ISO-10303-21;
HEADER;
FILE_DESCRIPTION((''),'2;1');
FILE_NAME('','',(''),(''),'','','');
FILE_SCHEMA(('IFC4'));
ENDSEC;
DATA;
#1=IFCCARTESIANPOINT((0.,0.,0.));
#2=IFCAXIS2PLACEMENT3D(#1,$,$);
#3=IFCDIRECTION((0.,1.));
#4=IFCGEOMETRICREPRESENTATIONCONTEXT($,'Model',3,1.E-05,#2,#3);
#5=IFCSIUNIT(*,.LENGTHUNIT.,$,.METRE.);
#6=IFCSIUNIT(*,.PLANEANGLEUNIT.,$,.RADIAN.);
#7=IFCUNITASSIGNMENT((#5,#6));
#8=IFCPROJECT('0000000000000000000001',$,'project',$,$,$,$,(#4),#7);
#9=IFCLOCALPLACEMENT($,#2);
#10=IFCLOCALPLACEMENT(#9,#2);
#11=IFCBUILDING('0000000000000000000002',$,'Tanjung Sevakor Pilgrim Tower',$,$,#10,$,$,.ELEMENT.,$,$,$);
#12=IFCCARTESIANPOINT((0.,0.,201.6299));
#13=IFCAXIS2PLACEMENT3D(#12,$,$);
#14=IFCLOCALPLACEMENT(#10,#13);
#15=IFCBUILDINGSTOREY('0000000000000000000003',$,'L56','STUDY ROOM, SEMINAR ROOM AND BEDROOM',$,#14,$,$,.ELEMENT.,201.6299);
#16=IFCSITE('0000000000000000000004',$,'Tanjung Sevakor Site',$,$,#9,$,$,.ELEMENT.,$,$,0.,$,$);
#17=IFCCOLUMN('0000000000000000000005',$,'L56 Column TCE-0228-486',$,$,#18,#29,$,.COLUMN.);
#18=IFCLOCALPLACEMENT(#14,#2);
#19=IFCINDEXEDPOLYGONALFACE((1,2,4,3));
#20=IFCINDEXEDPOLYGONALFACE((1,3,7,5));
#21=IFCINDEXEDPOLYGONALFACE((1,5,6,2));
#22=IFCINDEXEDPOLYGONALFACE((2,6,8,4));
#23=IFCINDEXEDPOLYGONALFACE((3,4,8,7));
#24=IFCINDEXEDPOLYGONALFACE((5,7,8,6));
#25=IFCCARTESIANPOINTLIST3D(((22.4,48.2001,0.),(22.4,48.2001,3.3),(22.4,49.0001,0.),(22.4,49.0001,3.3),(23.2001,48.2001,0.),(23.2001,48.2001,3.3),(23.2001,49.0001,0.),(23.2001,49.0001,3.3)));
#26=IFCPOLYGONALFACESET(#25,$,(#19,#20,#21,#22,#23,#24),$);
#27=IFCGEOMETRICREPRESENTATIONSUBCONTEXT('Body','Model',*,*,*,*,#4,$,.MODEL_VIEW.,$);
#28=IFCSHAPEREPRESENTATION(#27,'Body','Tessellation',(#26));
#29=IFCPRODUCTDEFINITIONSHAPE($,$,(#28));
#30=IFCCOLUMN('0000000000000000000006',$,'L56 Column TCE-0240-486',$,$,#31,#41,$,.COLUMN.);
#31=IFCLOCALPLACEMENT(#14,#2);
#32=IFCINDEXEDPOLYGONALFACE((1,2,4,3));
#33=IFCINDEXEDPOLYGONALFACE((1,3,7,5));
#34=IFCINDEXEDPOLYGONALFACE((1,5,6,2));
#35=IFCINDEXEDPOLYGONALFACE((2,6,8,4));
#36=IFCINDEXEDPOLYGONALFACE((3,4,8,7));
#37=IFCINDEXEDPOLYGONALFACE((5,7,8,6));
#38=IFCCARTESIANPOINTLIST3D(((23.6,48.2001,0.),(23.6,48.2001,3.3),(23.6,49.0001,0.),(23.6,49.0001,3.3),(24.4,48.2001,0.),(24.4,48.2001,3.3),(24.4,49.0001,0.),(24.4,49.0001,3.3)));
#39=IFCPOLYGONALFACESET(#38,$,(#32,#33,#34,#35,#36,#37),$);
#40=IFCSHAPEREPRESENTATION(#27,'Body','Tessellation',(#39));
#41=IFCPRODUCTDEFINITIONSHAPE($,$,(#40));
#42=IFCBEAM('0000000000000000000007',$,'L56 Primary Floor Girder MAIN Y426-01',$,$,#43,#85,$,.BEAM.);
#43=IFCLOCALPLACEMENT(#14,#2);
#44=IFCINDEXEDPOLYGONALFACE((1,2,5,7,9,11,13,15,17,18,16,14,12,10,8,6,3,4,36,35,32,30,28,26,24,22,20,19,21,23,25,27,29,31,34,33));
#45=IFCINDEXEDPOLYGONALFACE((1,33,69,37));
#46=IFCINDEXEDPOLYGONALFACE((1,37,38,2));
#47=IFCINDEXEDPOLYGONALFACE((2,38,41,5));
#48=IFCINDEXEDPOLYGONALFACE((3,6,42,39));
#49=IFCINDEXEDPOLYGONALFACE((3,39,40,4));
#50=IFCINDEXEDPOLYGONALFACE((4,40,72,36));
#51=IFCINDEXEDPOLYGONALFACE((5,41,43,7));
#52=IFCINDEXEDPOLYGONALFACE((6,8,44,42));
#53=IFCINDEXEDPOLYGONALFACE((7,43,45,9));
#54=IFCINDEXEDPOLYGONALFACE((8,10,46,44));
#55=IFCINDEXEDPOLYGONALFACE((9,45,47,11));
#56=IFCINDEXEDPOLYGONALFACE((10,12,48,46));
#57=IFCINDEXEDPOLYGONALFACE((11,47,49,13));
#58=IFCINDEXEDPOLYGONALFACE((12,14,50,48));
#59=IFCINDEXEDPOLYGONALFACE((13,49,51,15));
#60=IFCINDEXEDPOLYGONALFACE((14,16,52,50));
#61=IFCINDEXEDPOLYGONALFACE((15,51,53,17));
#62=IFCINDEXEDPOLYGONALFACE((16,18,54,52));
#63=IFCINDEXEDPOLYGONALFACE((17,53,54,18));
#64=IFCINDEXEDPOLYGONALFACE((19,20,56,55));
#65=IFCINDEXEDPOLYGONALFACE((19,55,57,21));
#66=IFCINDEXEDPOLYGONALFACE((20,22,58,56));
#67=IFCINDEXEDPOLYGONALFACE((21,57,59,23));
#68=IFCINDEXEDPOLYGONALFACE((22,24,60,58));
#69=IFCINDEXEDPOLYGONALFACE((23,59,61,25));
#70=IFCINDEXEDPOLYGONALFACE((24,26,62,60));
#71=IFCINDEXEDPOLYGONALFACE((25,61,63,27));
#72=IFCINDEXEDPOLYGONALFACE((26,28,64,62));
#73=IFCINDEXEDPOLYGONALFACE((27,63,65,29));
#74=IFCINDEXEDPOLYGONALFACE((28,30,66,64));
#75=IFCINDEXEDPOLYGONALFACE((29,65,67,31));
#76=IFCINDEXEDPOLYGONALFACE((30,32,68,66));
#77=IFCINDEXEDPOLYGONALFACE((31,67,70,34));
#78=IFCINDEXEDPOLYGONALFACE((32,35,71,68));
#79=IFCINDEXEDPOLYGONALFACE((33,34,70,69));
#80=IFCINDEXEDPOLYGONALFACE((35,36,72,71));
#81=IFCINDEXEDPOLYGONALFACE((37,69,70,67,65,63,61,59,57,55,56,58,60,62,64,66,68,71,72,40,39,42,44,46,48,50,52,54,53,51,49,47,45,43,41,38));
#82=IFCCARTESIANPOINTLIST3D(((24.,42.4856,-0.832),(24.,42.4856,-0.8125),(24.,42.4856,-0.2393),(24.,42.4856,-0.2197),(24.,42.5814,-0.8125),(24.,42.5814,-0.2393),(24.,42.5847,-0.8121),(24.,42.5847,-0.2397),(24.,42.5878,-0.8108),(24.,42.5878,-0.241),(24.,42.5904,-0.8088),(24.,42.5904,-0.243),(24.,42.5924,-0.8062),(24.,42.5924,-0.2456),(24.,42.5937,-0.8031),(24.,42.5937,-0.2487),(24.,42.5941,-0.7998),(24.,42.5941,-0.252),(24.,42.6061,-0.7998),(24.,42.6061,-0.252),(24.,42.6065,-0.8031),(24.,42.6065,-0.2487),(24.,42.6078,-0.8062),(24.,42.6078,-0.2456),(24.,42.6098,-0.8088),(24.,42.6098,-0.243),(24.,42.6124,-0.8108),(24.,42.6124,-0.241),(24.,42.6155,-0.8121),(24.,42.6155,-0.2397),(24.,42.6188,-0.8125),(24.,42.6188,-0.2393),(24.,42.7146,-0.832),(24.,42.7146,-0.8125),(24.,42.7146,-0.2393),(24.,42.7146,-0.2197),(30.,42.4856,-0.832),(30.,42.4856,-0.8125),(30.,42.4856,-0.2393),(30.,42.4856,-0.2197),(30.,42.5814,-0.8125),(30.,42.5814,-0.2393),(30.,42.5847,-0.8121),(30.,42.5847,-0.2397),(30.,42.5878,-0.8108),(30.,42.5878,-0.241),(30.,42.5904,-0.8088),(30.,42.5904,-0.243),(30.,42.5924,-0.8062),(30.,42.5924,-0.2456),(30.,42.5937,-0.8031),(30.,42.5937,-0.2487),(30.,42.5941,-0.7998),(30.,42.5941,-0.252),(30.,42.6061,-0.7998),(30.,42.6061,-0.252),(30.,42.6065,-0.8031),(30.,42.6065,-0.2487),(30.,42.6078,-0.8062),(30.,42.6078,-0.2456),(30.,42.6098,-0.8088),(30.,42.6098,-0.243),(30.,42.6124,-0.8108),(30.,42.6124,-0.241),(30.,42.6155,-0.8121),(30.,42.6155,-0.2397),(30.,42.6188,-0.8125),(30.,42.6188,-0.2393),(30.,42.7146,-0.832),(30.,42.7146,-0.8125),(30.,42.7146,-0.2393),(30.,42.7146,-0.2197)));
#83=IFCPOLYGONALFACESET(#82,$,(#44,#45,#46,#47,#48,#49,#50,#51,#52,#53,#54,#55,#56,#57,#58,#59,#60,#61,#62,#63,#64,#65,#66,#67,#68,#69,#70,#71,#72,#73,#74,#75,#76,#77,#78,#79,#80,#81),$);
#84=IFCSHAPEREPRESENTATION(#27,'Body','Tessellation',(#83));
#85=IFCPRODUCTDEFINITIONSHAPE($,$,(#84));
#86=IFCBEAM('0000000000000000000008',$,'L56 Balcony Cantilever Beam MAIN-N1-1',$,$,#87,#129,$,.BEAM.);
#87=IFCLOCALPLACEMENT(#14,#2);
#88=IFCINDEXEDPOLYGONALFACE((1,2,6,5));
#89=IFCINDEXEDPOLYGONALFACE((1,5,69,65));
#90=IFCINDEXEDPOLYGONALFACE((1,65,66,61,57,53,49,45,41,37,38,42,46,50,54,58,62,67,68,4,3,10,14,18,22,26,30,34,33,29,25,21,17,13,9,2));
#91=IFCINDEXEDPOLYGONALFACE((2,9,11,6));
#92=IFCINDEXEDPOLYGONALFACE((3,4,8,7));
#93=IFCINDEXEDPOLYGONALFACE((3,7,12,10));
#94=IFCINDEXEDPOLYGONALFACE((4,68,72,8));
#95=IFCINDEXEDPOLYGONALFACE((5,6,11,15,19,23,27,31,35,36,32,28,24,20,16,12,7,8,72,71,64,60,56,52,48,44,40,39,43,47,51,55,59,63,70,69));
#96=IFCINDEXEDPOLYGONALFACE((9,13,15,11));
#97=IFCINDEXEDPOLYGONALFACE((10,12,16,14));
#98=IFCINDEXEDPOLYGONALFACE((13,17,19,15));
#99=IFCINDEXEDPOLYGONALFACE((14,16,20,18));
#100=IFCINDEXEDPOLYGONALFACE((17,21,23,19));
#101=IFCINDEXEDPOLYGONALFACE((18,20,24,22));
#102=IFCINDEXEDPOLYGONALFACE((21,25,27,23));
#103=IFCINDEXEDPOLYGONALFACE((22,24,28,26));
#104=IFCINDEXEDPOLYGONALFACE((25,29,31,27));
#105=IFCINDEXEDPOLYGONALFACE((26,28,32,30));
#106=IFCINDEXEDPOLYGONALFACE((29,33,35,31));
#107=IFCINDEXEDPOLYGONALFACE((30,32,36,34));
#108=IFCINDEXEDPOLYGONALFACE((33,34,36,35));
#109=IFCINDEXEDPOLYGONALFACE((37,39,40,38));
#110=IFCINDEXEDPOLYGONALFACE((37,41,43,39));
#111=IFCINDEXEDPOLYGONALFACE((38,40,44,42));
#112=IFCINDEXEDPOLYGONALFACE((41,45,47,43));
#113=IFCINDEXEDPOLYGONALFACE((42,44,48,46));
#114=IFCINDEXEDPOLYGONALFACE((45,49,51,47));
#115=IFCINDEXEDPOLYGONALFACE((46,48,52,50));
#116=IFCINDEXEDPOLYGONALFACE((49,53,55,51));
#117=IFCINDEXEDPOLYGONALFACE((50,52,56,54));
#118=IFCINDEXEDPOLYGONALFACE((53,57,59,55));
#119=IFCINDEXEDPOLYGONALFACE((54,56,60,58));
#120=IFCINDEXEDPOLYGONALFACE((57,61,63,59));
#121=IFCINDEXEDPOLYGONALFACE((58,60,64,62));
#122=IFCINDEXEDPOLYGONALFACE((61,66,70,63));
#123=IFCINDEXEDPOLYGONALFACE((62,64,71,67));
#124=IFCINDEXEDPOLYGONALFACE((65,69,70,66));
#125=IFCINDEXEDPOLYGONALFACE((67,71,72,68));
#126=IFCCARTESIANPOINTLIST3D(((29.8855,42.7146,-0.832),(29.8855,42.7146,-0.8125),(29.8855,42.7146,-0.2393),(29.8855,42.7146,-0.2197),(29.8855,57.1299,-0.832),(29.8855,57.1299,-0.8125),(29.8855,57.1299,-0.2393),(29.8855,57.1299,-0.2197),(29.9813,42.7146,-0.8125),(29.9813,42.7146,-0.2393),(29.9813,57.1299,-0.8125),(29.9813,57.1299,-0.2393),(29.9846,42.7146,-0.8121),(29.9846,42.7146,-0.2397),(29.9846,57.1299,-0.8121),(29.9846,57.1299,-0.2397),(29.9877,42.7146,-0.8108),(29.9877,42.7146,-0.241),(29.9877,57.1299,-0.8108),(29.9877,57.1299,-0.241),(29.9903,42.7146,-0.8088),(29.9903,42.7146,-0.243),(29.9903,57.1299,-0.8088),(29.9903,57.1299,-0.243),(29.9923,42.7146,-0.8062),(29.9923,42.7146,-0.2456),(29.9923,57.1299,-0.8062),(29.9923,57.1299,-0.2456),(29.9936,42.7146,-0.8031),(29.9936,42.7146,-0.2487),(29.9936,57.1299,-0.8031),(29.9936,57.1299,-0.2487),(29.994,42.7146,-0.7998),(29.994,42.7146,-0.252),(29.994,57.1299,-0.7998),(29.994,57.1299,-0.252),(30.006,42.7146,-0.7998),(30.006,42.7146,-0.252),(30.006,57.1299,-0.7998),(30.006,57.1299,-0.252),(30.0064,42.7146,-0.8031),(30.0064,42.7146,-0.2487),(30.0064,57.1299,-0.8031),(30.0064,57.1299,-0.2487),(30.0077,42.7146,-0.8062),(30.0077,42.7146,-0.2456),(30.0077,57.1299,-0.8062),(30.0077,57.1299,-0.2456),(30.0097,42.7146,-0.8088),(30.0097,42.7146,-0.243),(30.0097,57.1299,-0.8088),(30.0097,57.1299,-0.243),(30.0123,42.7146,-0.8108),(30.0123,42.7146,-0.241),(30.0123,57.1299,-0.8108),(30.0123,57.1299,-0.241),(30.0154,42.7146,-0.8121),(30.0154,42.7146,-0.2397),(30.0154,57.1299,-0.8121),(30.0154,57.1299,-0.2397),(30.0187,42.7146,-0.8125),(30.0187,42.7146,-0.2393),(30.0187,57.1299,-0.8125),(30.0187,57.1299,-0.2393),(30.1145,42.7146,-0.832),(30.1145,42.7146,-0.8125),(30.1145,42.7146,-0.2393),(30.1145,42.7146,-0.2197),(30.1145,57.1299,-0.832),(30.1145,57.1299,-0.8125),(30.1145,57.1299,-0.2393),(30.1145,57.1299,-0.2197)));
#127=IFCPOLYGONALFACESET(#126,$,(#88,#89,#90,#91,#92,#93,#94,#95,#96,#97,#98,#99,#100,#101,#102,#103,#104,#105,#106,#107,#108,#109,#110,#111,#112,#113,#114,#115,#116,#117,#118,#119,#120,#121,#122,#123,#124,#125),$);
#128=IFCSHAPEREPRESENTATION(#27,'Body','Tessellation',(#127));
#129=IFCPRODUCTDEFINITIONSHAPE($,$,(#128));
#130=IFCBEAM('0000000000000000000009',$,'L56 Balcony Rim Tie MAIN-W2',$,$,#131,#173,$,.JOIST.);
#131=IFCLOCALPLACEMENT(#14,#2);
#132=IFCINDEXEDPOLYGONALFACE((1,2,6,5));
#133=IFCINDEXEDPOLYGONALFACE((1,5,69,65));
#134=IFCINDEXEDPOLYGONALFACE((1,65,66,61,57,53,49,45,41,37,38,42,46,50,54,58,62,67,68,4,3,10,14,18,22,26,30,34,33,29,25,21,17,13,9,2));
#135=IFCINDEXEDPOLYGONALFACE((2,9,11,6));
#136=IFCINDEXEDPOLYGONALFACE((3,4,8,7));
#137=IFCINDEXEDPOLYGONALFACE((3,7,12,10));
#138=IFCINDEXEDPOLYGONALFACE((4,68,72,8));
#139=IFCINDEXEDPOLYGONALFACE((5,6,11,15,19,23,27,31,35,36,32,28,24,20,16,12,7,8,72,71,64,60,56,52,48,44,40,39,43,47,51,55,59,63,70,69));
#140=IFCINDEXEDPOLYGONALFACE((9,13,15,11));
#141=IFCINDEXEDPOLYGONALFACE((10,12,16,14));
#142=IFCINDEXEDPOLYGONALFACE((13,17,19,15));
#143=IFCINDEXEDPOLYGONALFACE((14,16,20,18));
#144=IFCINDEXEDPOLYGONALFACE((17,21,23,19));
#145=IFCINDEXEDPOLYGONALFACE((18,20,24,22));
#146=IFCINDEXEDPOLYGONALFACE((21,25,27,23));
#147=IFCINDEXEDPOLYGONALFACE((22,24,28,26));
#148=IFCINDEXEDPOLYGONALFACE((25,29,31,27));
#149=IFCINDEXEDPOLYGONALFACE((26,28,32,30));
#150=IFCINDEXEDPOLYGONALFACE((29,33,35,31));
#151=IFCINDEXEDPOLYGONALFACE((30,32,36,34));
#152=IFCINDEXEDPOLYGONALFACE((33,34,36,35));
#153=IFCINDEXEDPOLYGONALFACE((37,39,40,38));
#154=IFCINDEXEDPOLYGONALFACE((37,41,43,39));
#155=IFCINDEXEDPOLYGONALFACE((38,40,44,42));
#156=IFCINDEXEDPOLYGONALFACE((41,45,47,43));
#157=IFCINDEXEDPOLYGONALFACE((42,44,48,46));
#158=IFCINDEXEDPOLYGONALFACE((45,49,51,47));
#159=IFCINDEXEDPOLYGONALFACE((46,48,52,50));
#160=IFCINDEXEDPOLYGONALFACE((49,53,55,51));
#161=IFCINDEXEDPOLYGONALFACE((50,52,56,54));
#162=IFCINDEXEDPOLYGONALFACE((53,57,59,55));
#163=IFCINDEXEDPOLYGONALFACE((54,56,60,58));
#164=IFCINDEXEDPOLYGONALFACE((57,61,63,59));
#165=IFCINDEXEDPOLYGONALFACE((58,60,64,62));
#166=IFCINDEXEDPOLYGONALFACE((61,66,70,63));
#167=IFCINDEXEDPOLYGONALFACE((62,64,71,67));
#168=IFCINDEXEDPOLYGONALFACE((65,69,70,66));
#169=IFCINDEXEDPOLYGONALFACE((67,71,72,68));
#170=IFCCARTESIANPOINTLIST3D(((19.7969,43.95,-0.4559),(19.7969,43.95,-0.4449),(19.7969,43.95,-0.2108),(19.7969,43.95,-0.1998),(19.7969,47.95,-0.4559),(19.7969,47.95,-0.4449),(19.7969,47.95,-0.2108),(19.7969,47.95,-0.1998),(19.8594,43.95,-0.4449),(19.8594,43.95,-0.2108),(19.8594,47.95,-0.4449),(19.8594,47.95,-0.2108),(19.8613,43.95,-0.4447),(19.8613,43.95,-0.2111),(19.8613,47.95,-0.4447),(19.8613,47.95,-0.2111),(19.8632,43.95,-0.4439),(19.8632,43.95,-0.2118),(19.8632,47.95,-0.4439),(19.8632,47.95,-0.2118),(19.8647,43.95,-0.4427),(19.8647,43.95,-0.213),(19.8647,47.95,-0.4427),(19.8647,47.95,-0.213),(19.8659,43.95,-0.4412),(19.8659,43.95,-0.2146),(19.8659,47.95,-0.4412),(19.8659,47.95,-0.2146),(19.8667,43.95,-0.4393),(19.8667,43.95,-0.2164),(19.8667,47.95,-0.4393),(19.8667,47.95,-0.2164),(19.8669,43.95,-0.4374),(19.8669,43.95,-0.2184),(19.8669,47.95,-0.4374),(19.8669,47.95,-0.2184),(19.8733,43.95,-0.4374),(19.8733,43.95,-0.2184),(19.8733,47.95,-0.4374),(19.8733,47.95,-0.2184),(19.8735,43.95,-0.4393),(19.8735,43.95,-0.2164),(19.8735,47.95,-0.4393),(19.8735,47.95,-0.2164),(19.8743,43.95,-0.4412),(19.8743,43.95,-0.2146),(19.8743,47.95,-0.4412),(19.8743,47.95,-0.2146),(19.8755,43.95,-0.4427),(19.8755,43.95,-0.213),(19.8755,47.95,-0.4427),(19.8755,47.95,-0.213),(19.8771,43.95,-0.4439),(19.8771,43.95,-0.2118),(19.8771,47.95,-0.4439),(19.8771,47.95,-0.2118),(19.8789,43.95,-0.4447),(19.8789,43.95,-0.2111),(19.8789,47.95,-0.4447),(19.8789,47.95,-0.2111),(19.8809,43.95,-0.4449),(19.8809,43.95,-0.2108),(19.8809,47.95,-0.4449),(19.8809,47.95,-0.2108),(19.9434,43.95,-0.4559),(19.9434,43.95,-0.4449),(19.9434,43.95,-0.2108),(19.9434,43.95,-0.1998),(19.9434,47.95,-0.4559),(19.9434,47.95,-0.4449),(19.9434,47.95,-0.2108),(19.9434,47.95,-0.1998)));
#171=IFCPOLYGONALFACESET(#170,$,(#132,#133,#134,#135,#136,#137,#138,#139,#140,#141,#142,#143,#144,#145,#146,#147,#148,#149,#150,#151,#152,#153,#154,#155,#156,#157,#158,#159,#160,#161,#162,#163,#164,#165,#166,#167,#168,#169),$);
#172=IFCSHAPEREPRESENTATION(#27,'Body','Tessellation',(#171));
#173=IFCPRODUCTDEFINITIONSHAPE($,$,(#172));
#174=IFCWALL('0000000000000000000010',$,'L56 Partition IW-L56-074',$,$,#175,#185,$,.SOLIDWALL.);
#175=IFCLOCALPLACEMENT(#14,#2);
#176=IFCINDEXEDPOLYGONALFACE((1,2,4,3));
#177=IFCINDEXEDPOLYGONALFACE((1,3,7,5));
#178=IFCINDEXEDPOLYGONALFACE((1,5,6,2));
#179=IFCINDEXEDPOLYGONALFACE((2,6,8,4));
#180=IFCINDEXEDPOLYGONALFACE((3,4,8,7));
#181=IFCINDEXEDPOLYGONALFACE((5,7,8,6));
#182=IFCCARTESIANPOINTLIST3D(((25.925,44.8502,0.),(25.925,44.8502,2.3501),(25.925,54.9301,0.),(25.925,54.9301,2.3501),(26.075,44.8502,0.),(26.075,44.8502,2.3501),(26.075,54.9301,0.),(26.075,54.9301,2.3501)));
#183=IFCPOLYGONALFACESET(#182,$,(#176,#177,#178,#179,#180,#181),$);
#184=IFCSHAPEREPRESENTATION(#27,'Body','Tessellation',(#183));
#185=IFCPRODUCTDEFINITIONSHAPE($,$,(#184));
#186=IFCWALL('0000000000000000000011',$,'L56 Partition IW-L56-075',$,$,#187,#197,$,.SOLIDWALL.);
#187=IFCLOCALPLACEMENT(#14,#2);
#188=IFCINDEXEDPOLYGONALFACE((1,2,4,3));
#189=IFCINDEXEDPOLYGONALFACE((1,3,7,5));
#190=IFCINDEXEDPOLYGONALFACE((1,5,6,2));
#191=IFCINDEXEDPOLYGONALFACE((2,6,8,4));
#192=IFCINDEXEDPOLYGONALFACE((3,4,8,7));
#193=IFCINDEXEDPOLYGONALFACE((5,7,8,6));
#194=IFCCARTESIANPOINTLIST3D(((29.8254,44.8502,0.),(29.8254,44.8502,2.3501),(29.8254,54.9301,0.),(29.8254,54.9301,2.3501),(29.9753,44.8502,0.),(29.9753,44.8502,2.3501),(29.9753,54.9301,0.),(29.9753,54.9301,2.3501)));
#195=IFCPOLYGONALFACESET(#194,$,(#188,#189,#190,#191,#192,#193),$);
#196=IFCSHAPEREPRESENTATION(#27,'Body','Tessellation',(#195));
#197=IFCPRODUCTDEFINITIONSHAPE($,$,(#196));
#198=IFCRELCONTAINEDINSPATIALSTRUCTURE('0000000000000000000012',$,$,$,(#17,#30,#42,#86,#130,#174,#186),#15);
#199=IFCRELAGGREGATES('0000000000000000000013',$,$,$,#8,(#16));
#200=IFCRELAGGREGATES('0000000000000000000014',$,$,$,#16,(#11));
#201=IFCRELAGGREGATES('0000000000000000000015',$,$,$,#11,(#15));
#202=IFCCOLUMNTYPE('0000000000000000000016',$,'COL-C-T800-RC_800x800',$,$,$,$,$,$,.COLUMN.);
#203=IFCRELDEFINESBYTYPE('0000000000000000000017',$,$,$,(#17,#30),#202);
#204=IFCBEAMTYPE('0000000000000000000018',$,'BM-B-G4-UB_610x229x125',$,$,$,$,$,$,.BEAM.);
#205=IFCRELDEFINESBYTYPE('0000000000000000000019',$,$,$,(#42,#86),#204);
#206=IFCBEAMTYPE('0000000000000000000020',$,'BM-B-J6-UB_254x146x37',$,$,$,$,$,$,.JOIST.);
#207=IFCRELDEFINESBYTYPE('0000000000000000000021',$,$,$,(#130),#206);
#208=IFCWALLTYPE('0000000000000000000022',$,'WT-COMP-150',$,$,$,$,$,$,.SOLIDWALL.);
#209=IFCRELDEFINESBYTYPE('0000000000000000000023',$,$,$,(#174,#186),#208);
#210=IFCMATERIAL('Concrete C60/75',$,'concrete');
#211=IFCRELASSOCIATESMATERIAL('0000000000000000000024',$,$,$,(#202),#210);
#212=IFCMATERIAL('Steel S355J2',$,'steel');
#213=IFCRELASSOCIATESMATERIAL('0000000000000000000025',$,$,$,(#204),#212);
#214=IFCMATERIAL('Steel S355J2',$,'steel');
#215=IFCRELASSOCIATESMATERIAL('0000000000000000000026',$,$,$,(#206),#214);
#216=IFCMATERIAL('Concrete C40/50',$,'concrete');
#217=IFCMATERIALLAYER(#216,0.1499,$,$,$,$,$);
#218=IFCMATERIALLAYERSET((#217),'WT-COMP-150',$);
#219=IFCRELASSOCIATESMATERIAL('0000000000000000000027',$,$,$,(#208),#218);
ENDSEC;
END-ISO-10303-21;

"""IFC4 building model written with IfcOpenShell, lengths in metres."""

from ifc_helpers import new_model, si_unit, direction, frame, frame_2d, origin, origin_2d, place, context, subcontext, project, spatial, rectangle, i_section, extrude, material, layer, layer_set, material_profile, profile_set, type_object, element, save


model = new_model("IFC4")

# Units and contexts
model_context = context("Model", 3, precision=1e-05, world=origin(), true_north=direction((0.0, 1.0)))
body_context = subcontext(model_context, "Body", "Model", "MODEL_VIEW")
ifc_project = project(units=[si_unit("LENGTHUNIT", "METRE"), si_unit("PLANEANGLEUNIT", "RADIAN")], contexts=[model_context])

# Site, building, storey
site_placement = place(None, origin())
site = spatial("IfcSite", under=ifc_project, at=site_placement, Name="Tanjung Sevakor Site", CompositionType="ELEMENT", RefElevation=0.0)
building_placement = place(site_placement, origin())
building = spatial("IfcBuilding", under=site, at=building_placement, Name="Tanjung Sevakor Pilgrim Tower", CompositionType="ELEMENT")
storey_placement = place(building_placement, frame((0.0, 0.0, 201.6299)))
storey = spatial("IfcBuildingStorey", under=building, at=storey_placement, Name="L56", Description="STUDY ROOM, SEMINAR ROOM AND BEDROOM", CompositionType="ELEMENT", Elevation=201.6299)

# Columns
ifc_material_1 = material(Name="Concrete C60/75", Category="concrete")
ifc_material_profile_1 = material_profile(ifc_material_1, rectangle(XDim=0.8, YDim=0.8, at=origin_2d()))
ifc_profile_set_1 = profile_set([ifc_material_profile_1], Name="Concrete C60/75")
column_type = type_object("IfcColumnType", Name="COL-C-T800-RC_800x800", PredefinedType="COLUMN", material=ifc_profile_set_1)
for number, where, z_axis, x_axis, name in (
    (1, (22.8, 48.6001, 0.0), (0.0, 0.0, 1.0), (1.0, 0.0, 0.0), "L56 Column TCE-0228-486"),
    (2, (24.0, 48.6001, 0.0), (0.0, 0.0, 1.0), (1.0, 0.0, 0.0), "L56 Column TCE-0240-486"),
):
    element("IfcColumn", number, at=place(storey_placement, frame(where, z_axis=z_axis, x_axis=x_axis)), inside=storey, type_object=column_type, Name=name, PredefinedType="COLUMN", context=body_context, shape_type="SweptSolid", body=[
        extrude(rectangle(XDim=0.8, YDim=0.8, at=origin_2d()), origin(), (0.0, 0.0, 1.0), 3.3),
    ])

# Beams
ifc_material_2 = material(Name="Steel S355J2", Category="steel")
ifc_material_profile_2 = material_profile(ifc_material_2, i_section(OverallWidth=0.229, OverallDepth=0.6123, WebThickness=0.012, FlangeThickness=0.0195, FilletRadius=0.0127, at=origin_2d()))
ifc_profile_set_2 = profile_set([ifc_material_profile_2], Name="Steel S355J2")
beam_type_1 = type_object("IfcBeamType", Name="BM-B-G4-UB_610x229x125", PredefinedType="BEAM", material=ifc_profile_set_2)
beam_1_placement = place(storey_placement, frame((24.0, 42.6001, -0.5259), z_axis=(1.0, 0.0, 0.0), x_axis=(0.0, 1.0, 0.0)))
element("IfcBeam", 3, at=beam_1_placement, inside=storey, type_object=beam_type_1, Name="L56 Primary Floor Girder MAIN Y426-01", PredefinedType="BEAM", context=body_context, shape_type="SweptSolid", body=[
    extrude(i_section(OverallWidth=0.229, OverallDepth=0.6123, WebThickness=0.012, FlangeThickness=0.0195, FilletRadius=0.0127, at=origin_2d()), origin(), (0.0, 0.0, 1.0), 6.0),
])
beam_2_placement = place(storey_placement, frame((30.0, 42.7146, -0.5259), z_axis=(0.0, 1.0, 0.0), x_axis=(-1.0, 0.0, 0.0)))
element("IfcBeam", 4, at=beam_2_placement, inside=storey, type_object=beam_type_1, Name="L56 Balcony Cantilever Beam MAIN-N1-1", PredefinedType="BEAM", context=body_context, shape_type="SweptSolid", body=[
    extrude(i_section(OverallWidth=0.229, OverallDepth=0.6123, WebThickness=0.012, FlangeThickness=0.0195, FilletRadius=0.0127, at=origin_2d()), origin(), (0.0, 0.0, 1.0), 14.4153),
])
ifc_material_3 = material(Name="Steel S355J2", Category="steel")
ifc_material_profile_3 = material_profile(ifc_material_3, i_section(OverallWidth=0.1465, OverallDepth=0.2561, WebThickness=0.0063, FlangeThickness=0.011, FilletRadius=0.0076, at=origin_2d()))
ifc_profile_set_3 = profile_set([ifc_material_profile_3], Name="Steel S355J2")
beam_type_2 = type_object("IfcBeamType", Name="BM-B-J6-UB_254x146x37", PredefinedType="JOIST", material=ifc_profile_set_3)
beam_3_placement = place(storey_placement, frame((19.8701, 43.95, -0.3279), z_axis=(0.0, 1.0, 0.0), x_axis=(-1.0, 0.0, 0.0)))
element("IfcBeam", 5, at=beam_3_placement, inside=storey, type_object=beam_type_2, Name="L56 Balcony Rim Tie MAIN-W2", PredefinedType="JOIST", context=body_context, shape_type="SweptSolid", body=[
    extrude(i_section(OverallWidth=0.1465, OverallDepth=0.2561, WebThickness=0.0063, FlangeThickness=0.011, FilletRadius=0.0076, at=origin_2d()), origin(), (0.0, 0.0, 1.0), 4.0),
])

# Walls
ifc_material_4 = material(Name="Concrete C40/50", Category="concrete")
ifc_layer_1 = layer(ifc_material_4, 0.1499)
ifc_layer_set_1 = layer_set([ifc_layer_1], Name="WT-COMP-150")
wall_type_1 = type_object("IfcWallType", Name="WT-COMP-150", PredefinedType="SOLIDWALL", material=ifc_layer_set_1)
for number, where, z_axis, x_axis, name in (
    (6, (26.0, 44.8501, 0.0), (0.0, 0.0, 1.0), (0.0, 1.0, 0.0), "L56 Partition IW-L56-074"),
    (7, (29.9004, 44.8501, 0.0), (0.0, 0.0, 1.0), (0.0, 1.0, 0.0), "L56 Partition IW-L56-075"),
):
    element("IfcWall", number, at=place(storey_placement, frame(where, z_axis=z_axis, x_axis=x_axis)), inside=storey, type_object=wall_type_1, Name=name, PredefinedType="SOLIDWALL", context=body_context, shape_type="SweptSolid", body=[
        extrude(rectangle(XDim=10.0798, YDim=0.1499, at=frame_2d((5.04, 0.0))), origin(), (0.0, 0.0, 1.0), 2.3501),
    ])

save(model, "model.ifc")
